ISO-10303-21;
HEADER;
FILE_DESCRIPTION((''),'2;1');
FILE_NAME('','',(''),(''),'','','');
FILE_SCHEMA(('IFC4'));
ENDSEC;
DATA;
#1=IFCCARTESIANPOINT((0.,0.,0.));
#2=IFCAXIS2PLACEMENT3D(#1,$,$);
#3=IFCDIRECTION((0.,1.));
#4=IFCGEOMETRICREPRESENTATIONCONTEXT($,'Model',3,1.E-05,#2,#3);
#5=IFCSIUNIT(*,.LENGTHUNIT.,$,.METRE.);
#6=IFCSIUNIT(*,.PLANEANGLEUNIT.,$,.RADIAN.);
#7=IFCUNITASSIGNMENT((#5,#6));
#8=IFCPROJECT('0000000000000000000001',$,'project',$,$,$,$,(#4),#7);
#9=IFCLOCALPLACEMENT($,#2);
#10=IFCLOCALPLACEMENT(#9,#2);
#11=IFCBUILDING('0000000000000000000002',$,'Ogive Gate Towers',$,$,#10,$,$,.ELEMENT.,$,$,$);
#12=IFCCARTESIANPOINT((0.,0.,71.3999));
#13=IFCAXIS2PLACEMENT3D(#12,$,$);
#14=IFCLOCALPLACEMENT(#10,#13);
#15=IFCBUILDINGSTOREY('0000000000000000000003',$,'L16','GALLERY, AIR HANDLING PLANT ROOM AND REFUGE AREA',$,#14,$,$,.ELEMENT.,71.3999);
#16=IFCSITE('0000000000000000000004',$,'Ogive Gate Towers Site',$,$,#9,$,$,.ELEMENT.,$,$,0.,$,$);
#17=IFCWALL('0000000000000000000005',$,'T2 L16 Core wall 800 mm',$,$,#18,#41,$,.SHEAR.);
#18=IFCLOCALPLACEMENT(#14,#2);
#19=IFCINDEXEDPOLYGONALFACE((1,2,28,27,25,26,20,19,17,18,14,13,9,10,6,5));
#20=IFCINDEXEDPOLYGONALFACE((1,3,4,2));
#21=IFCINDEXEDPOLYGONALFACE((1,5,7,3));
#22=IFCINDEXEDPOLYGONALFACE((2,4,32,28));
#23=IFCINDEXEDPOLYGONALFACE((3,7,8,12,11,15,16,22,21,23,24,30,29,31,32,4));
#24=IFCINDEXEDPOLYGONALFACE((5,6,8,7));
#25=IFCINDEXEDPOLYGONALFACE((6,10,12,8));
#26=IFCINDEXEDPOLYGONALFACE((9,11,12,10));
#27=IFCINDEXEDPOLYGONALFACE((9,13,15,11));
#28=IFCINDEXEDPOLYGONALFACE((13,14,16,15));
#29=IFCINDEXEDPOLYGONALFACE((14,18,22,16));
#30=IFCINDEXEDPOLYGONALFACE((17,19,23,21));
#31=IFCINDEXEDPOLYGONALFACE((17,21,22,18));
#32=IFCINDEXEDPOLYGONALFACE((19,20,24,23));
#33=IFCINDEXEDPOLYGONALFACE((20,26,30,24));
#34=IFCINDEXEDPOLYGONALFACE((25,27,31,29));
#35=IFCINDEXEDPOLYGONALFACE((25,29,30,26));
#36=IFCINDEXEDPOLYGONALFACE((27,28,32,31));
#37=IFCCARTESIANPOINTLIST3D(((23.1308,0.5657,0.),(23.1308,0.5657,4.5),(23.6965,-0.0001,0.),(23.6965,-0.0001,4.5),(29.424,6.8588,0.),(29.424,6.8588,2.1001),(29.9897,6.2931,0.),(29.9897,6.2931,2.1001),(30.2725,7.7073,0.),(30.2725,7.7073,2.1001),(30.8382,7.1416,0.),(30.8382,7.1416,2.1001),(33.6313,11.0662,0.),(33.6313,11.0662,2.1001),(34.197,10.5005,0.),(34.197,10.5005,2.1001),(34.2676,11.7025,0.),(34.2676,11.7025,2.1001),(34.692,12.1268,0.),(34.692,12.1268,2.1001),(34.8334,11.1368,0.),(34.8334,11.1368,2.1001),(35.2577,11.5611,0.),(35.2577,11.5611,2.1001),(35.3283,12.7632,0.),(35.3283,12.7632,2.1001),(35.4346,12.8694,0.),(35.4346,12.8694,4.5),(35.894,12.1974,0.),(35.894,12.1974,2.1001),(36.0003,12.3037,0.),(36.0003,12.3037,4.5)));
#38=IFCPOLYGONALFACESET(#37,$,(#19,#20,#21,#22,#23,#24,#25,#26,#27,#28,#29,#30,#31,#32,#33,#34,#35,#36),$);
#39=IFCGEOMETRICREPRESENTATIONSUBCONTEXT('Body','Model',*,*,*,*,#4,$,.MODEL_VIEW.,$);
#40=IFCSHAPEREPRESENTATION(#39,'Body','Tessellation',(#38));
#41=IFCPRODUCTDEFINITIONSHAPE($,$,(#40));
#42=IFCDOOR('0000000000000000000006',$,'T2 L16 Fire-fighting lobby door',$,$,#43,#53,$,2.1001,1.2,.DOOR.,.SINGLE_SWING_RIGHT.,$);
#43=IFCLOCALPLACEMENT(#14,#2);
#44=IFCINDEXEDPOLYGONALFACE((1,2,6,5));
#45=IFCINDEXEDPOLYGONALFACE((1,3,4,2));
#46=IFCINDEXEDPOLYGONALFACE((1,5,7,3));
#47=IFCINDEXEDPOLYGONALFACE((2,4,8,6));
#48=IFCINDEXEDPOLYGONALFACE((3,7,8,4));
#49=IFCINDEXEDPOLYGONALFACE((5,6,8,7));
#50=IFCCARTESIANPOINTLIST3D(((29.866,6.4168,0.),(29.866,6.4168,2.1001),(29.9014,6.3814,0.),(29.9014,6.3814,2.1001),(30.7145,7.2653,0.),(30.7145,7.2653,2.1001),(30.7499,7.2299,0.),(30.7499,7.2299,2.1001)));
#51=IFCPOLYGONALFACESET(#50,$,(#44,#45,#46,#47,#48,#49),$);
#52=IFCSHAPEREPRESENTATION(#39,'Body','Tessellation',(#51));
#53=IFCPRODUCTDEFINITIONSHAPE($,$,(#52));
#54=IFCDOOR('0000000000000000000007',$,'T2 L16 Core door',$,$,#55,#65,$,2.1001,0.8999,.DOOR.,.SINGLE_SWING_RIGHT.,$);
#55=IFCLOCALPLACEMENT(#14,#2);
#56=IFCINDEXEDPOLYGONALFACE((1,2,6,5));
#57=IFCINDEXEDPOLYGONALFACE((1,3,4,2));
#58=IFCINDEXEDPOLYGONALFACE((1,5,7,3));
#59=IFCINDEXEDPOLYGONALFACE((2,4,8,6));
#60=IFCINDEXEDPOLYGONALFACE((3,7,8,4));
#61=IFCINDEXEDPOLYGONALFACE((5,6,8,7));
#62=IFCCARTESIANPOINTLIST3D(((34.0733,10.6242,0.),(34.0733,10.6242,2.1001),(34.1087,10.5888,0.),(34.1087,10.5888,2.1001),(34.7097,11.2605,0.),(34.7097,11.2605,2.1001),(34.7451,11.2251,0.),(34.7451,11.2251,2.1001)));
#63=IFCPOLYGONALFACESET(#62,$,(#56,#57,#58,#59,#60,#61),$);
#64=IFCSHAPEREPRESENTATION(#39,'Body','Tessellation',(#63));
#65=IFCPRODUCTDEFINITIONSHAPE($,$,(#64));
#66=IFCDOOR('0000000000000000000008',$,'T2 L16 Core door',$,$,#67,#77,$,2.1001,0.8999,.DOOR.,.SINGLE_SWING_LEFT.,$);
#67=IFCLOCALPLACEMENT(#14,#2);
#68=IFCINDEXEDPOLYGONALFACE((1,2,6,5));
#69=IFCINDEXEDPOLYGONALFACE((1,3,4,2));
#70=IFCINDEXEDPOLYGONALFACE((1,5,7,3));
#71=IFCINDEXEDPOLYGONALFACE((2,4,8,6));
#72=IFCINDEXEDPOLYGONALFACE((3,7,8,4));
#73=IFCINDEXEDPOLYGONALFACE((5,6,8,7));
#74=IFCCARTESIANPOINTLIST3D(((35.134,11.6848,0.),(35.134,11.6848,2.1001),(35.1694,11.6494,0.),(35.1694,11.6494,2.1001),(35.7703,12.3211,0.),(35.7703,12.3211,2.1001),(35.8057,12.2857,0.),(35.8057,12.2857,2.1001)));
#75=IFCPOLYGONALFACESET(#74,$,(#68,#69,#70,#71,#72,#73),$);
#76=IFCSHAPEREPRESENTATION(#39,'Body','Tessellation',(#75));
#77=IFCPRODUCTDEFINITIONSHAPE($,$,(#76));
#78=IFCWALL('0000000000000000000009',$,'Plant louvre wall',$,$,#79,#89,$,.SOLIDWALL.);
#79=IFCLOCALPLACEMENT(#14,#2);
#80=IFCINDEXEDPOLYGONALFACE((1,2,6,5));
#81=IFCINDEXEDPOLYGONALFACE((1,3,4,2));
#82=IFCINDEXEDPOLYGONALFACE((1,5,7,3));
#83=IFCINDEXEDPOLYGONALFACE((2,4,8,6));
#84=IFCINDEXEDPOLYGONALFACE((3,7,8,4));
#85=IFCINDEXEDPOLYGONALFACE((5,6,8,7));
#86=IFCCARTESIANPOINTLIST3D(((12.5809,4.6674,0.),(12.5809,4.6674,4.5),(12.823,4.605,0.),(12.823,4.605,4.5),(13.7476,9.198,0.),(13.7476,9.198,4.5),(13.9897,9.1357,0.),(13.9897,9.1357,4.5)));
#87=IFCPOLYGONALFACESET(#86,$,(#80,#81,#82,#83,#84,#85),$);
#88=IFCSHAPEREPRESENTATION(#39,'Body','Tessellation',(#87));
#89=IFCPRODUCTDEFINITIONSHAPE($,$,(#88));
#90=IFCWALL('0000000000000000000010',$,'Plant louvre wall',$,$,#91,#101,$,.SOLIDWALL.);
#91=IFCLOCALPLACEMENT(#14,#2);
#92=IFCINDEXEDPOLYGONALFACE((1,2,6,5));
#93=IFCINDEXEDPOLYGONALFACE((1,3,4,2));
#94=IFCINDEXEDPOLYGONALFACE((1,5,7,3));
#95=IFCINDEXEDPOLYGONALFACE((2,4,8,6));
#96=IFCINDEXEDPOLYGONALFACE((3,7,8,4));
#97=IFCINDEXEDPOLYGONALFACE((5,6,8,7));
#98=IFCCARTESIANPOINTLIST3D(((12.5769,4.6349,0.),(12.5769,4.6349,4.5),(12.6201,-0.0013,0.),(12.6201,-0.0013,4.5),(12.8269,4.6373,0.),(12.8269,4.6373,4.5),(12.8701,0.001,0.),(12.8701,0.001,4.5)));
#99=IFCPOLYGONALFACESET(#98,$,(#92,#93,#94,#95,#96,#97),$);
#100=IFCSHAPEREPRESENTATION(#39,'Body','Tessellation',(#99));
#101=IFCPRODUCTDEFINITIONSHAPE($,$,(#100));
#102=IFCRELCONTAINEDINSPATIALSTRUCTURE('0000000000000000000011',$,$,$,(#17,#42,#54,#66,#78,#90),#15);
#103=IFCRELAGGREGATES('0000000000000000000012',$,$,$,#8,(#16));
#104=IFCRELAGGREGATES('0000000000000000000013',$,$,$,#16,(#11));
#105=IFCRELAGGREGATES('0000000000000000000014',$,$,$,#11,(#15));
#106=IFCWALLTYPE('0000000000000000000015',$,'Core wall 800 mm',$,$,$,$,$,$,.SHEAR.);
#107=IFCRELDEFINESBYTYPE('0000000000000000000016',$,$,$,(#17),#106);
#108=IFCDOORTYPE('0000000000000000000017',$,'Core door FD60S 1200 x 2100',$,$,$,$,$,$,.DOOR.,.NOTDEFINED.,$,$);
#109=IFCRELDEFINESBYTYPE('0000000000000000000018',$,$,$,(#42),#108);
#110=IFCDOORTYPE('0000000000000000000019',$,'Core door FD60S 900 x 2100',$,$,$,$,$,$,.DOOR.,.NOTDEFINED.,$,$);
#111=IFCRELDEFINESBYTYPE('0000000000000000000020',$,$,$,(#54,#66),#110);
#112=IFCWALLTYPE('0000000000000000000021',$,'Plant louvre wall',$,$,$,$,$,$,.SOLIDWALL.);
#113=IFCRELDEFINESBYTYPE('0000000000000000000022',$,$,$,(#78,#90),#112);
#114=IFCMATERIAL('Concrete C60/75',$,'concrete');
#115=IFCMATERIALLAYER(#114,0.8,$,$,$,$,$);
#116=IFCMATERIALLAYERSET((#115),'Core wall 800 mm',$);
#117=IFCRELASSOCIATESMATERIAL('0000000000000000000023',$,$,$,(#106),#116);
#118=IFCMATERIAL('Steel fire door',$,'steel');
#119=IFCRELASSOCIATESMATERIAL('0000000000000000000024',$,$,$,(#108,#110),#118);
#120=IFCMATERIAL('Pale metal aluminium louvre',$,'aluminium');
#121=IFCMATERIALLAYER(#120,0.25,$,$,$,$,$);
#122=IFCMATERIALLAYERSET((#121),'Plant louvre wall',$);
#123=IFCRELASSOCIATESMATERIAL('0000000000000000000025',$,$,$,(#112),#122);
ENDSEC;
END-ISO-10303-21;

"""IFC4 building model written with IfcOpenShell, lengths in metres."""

from ifc_helpers import new_model, si_unit, direction, frame, frame_2d, origin, place, context, subcontext, project, spatial, rectangle, extrude, material, layer, layer_set, type_object, element, fill, save


model = new_model("IFC4")

# Units and contexts
model_context = context("Model", 3, precision=1e-05, world=origin(), true_north=direction((0.0, 1.0)))
body_context = subcontext(model_context, "Body", "Model", "MODEL_VIEW")
ifc_project = project(units=[si_unit("LENGTHUNIT", "METRE"), si_unit("PLANEANGLEUNIT", "RADIAN")], contexts=[model_context])

# Site, building, storey
site_placement = place(None, origin())
site = spatial("IfcSite", under=ifc_project, at=site_placement, Name="Ogive Gate Towers Site", CompositionType="ELEMENT", RefElevation=0.0)
building_placement = place(site_placement, origin())
building = spatial("IfcBuilding", under=site, at=building_placement, Name="Ogive Gate Towers", CompositionType="ELEMENT")
storey_placement = place(building_placement, frame((0.0, 0.0, 71.3999)))
storey = spatial("IfcBuildingStorey", under=building, at=storey_placement, Name="L16", Description="GALLERY, AIR HANDLING PLANT ROOM AND REFUGE AREA", CompositionType="ELEMENT", Elevation=71.3999)

# Shared definitions
ifc_material_1 = material(Name="Steel fire door", Category="steel")

# Wall, openings, doors
ifc_material_2 = material(Name="Concrete C60/75", Category="concrete")
ifc_layer_1 = layer(ifc_material_2, 0.8)
ifc_layer_set_1 = layer_set([ifc_layer_1], Name="Core wall 800 mm")
wall_type_1 = type_object("IfcWallType", Name="Core wall 800 mm", PredefinedType="SHEAR", material=ifc_layer_set_1)
wall_1_placement = place(storey_placement, frame((23.4136, 0.2827, 0.0), z_axis=(0.0, 0.0, 1.0), x_axis=(0.707107, 0.707107, 0.0)))
wall_1 = element("IfcWall", 1, at=wall_1_placement, inside=storey, type_object=wall_type_1, Name="T2 L16 Core wall 800 mm", PredefinedType="SHEAR", context=body_context, shape_type="SweptSolid", body=[
    extrude(rectangle(XDim=17.4001, YDim=0.8, at=frame_2d((8.7002, 0.0))), origin(), (0.0, 0.0, 1.0), 4.5),
])
opening_1_placement = place(wall_1_placement, frame((8.8999, 0.0, 0.0)))
opening_1 = element("IfcOpeningElement", 2, at=opening_1_placement, cuts=wall_1, PredefinedType="OPENING", context=body_context, shape_type="SweptSolid", body=[
    extrude(rectangle(XDim=1.2, YDim=2.1001, at=frame_2d((0.6001, 1.05))), frame((0.0, 0.4102, 0.0), z_axis=(0.0, -1.0, 0.0), x_axis=(1.0, 0.0, 0.0)), (0.0, 0.0, 1.0), 0.8201),
])
opening_2_placement = place(wall_1_placement, frame((14.8501, 0.0, 0.0)))
opening_2 = element("IfcOpeningElement", 3, at=opening_2_placement, cuts=wall_1, PredefinedType="OPENING", context=body_context, shape_type="SweptSolid", body=[
    extrude(rectangle(XDim=0.8999, YDim=2.1001, at=frame_2d((0.45, 1.05))), frame((0.0, 0.4102, 0.0), z_axis=(0.0, -1.0, 0.0), x_axis=(1.0, 0.0, 0.0)), (0.0, 0.0, 1.0), 0.8201),
])
opening_3_placement = place(wall_1_placement, frame((16.3501, 0.0, 0.0)))
opening_3 = element("IfcOpeningElement", 4, at=opening_3_placement, cuts=wall_1, PredefinedType="OPENING", context=body_context, shape_type="SweptSolid", body=[
    extrude(rectangle(XDim=0.8999, YDim=2.1001, at=frame_2d((0.45, 1.05))), frame((0.0, 0.4102, 0.0), z_axis=(0.0, -1.0, 0.0), x_axis=(1.0, 0.0, 0.0)), (0.0, 0.0, 1.0), 0.8201),
])
door_type_1 = type_object("IfcDoorType", Name="Core door FD60S 1200 x 2100", OperationType="NOTDEFINED", PredefinedType="DOOR", material=ifc_material_1)
door_1_placement = place(opening_1_placement, origin())
door_1 = element("IfcDoor", 5, at=door_1_placement, inside=storey, type_object=door_type_1, Name="T2 L16 Fire-fighting lobby door", OperationType="SINGLE_SWING_RIGHT", OverallHeight=2.1001, OverallWidth=1.2, PredefinedType="DOOR", context=body_context, shape_type="SweptSolid", body=[
    extrude(rectangle(XDim=1.2, YDim=2.1001, at=frame_2d((0.6001, 1.05))), frame((0.0, -0.2251, 0.0), z_axis=(0.0, -1.0, 0.0), x_axis=(1.0, 0.0, 0.0)), (0.0, 0.0, 1.0), 0.05),
])
fill(opening_1, door_1)
door_type_2 = type_object("IfcDoorType", Name="Core door FD60S 900 x 2100", OperationType="NOTDEFINED", PredefinedType="DOOR", material=ifc_material_1)
door_2_placement = place(opening_2_placement, origin())
door_2 = element("IfcDoor", 6, at=door_2_placement, inside=storey, type_object=door_type_2, Name="T2 L16 Core door", OperationType="SINGLE_SWING_RIGHT", OverallHeight=2.1001, OverallWidth=0.8999, PredefinedType="DOOR", context=body_context, shape_type="SweptSolid", body=[
    extrude(rectangle(XDim=0.8999, YDim=2.1001, at=frame_2d((0.45, 1.05))), frame((0.0, -0.2251, 0.0), z_axis=(0.0, -1.0, 0.0), x_axis=(1.0, 0.0, 0.0)), (0.0, 0.0, 1.0), 0.05),
])
fill(opening_2, door_2)
door_3_placement = place(opening_3_placement, origin())
door_3 = element("IfcDoor", 7, at=door_3_placement, inside=storey, type_object=door_type_2, Name="T2 L16 Core door", OperationType="SINGLE_SWING_LEFT", OverallHeight=2.1001, OverallWidth=0.8999, PredefinedType="DOOR", context=body_context, shape_type="SweptSolid", body=[
    extrude(rectangle(XDim=0.8999, YDim=2.1001, at=frame_2d((0.45, 1.05))), frame((0.0, -0.2251, 0.0), z_axis=(0.0, -1.0, 0.0), x_axis=(1.0, 0.0, 0.0)), (0.0, 0.0, 1.0), 0.05),
])
fill(opening_3, door_3)

# Walls
ifc_material_3 = material(Name="Pale metal aluminium louvre", Category="aluminium")
ifc_layer_2 = layer(ifc_material_3, 0.25)
ifc_layer_set_2 = layer_set([ifc_layer_2], Name="Plant louvre wall")
wall_type_2 = type_object("IfcWallType", Name="Plant louvre wall", PredefinedType="SOLIDWALL", material=ifc_layer_set_2)
wall_2_placement = place(storey_placement, frame((13.8687, 9.167, 0.0), z_axis=(0.0, 0.0, 1.0), x_axis=(-0.249381, -0.968405, 0.0)))
element("IfcWall", 8, at=wall_2_placement, inside=storey, type_object=wall_type_2, Name="Plant louvre wall", PredefinedType="SOLIDWALL", context=body_context, shape_type="SweptSolid", body=[
    extrude(rectangle(XDim=4.6785, YDim=0.25, at=frame_2d((2.3394, 0.0))), origin(), (0.0, 0.0, 1.0), 4.5),
])
wall_3_placement = place(storey_placement, frame((12.7019, 4.6362, 0.0), z_axis=(0.0, 0.0, 1.0), x_axis=(0.00932, -0.999957, 0.0)))
element("IfcWall", 9, at=wall_3_placement, inside=storey, type_object=wall_type_2, Name="Plant louvre wall", PredefinedType="SOLIDWALL", context=body_context, shape_type="SweptSolid", body=[
    extrude(rectangle(XDim=4.6365, YDim=0.25, at=frame_2d((2.3184, 0.0))), origin(), (0.0, 0.0, 1.0), 4.5),
])

save(model, "model.ifc")
